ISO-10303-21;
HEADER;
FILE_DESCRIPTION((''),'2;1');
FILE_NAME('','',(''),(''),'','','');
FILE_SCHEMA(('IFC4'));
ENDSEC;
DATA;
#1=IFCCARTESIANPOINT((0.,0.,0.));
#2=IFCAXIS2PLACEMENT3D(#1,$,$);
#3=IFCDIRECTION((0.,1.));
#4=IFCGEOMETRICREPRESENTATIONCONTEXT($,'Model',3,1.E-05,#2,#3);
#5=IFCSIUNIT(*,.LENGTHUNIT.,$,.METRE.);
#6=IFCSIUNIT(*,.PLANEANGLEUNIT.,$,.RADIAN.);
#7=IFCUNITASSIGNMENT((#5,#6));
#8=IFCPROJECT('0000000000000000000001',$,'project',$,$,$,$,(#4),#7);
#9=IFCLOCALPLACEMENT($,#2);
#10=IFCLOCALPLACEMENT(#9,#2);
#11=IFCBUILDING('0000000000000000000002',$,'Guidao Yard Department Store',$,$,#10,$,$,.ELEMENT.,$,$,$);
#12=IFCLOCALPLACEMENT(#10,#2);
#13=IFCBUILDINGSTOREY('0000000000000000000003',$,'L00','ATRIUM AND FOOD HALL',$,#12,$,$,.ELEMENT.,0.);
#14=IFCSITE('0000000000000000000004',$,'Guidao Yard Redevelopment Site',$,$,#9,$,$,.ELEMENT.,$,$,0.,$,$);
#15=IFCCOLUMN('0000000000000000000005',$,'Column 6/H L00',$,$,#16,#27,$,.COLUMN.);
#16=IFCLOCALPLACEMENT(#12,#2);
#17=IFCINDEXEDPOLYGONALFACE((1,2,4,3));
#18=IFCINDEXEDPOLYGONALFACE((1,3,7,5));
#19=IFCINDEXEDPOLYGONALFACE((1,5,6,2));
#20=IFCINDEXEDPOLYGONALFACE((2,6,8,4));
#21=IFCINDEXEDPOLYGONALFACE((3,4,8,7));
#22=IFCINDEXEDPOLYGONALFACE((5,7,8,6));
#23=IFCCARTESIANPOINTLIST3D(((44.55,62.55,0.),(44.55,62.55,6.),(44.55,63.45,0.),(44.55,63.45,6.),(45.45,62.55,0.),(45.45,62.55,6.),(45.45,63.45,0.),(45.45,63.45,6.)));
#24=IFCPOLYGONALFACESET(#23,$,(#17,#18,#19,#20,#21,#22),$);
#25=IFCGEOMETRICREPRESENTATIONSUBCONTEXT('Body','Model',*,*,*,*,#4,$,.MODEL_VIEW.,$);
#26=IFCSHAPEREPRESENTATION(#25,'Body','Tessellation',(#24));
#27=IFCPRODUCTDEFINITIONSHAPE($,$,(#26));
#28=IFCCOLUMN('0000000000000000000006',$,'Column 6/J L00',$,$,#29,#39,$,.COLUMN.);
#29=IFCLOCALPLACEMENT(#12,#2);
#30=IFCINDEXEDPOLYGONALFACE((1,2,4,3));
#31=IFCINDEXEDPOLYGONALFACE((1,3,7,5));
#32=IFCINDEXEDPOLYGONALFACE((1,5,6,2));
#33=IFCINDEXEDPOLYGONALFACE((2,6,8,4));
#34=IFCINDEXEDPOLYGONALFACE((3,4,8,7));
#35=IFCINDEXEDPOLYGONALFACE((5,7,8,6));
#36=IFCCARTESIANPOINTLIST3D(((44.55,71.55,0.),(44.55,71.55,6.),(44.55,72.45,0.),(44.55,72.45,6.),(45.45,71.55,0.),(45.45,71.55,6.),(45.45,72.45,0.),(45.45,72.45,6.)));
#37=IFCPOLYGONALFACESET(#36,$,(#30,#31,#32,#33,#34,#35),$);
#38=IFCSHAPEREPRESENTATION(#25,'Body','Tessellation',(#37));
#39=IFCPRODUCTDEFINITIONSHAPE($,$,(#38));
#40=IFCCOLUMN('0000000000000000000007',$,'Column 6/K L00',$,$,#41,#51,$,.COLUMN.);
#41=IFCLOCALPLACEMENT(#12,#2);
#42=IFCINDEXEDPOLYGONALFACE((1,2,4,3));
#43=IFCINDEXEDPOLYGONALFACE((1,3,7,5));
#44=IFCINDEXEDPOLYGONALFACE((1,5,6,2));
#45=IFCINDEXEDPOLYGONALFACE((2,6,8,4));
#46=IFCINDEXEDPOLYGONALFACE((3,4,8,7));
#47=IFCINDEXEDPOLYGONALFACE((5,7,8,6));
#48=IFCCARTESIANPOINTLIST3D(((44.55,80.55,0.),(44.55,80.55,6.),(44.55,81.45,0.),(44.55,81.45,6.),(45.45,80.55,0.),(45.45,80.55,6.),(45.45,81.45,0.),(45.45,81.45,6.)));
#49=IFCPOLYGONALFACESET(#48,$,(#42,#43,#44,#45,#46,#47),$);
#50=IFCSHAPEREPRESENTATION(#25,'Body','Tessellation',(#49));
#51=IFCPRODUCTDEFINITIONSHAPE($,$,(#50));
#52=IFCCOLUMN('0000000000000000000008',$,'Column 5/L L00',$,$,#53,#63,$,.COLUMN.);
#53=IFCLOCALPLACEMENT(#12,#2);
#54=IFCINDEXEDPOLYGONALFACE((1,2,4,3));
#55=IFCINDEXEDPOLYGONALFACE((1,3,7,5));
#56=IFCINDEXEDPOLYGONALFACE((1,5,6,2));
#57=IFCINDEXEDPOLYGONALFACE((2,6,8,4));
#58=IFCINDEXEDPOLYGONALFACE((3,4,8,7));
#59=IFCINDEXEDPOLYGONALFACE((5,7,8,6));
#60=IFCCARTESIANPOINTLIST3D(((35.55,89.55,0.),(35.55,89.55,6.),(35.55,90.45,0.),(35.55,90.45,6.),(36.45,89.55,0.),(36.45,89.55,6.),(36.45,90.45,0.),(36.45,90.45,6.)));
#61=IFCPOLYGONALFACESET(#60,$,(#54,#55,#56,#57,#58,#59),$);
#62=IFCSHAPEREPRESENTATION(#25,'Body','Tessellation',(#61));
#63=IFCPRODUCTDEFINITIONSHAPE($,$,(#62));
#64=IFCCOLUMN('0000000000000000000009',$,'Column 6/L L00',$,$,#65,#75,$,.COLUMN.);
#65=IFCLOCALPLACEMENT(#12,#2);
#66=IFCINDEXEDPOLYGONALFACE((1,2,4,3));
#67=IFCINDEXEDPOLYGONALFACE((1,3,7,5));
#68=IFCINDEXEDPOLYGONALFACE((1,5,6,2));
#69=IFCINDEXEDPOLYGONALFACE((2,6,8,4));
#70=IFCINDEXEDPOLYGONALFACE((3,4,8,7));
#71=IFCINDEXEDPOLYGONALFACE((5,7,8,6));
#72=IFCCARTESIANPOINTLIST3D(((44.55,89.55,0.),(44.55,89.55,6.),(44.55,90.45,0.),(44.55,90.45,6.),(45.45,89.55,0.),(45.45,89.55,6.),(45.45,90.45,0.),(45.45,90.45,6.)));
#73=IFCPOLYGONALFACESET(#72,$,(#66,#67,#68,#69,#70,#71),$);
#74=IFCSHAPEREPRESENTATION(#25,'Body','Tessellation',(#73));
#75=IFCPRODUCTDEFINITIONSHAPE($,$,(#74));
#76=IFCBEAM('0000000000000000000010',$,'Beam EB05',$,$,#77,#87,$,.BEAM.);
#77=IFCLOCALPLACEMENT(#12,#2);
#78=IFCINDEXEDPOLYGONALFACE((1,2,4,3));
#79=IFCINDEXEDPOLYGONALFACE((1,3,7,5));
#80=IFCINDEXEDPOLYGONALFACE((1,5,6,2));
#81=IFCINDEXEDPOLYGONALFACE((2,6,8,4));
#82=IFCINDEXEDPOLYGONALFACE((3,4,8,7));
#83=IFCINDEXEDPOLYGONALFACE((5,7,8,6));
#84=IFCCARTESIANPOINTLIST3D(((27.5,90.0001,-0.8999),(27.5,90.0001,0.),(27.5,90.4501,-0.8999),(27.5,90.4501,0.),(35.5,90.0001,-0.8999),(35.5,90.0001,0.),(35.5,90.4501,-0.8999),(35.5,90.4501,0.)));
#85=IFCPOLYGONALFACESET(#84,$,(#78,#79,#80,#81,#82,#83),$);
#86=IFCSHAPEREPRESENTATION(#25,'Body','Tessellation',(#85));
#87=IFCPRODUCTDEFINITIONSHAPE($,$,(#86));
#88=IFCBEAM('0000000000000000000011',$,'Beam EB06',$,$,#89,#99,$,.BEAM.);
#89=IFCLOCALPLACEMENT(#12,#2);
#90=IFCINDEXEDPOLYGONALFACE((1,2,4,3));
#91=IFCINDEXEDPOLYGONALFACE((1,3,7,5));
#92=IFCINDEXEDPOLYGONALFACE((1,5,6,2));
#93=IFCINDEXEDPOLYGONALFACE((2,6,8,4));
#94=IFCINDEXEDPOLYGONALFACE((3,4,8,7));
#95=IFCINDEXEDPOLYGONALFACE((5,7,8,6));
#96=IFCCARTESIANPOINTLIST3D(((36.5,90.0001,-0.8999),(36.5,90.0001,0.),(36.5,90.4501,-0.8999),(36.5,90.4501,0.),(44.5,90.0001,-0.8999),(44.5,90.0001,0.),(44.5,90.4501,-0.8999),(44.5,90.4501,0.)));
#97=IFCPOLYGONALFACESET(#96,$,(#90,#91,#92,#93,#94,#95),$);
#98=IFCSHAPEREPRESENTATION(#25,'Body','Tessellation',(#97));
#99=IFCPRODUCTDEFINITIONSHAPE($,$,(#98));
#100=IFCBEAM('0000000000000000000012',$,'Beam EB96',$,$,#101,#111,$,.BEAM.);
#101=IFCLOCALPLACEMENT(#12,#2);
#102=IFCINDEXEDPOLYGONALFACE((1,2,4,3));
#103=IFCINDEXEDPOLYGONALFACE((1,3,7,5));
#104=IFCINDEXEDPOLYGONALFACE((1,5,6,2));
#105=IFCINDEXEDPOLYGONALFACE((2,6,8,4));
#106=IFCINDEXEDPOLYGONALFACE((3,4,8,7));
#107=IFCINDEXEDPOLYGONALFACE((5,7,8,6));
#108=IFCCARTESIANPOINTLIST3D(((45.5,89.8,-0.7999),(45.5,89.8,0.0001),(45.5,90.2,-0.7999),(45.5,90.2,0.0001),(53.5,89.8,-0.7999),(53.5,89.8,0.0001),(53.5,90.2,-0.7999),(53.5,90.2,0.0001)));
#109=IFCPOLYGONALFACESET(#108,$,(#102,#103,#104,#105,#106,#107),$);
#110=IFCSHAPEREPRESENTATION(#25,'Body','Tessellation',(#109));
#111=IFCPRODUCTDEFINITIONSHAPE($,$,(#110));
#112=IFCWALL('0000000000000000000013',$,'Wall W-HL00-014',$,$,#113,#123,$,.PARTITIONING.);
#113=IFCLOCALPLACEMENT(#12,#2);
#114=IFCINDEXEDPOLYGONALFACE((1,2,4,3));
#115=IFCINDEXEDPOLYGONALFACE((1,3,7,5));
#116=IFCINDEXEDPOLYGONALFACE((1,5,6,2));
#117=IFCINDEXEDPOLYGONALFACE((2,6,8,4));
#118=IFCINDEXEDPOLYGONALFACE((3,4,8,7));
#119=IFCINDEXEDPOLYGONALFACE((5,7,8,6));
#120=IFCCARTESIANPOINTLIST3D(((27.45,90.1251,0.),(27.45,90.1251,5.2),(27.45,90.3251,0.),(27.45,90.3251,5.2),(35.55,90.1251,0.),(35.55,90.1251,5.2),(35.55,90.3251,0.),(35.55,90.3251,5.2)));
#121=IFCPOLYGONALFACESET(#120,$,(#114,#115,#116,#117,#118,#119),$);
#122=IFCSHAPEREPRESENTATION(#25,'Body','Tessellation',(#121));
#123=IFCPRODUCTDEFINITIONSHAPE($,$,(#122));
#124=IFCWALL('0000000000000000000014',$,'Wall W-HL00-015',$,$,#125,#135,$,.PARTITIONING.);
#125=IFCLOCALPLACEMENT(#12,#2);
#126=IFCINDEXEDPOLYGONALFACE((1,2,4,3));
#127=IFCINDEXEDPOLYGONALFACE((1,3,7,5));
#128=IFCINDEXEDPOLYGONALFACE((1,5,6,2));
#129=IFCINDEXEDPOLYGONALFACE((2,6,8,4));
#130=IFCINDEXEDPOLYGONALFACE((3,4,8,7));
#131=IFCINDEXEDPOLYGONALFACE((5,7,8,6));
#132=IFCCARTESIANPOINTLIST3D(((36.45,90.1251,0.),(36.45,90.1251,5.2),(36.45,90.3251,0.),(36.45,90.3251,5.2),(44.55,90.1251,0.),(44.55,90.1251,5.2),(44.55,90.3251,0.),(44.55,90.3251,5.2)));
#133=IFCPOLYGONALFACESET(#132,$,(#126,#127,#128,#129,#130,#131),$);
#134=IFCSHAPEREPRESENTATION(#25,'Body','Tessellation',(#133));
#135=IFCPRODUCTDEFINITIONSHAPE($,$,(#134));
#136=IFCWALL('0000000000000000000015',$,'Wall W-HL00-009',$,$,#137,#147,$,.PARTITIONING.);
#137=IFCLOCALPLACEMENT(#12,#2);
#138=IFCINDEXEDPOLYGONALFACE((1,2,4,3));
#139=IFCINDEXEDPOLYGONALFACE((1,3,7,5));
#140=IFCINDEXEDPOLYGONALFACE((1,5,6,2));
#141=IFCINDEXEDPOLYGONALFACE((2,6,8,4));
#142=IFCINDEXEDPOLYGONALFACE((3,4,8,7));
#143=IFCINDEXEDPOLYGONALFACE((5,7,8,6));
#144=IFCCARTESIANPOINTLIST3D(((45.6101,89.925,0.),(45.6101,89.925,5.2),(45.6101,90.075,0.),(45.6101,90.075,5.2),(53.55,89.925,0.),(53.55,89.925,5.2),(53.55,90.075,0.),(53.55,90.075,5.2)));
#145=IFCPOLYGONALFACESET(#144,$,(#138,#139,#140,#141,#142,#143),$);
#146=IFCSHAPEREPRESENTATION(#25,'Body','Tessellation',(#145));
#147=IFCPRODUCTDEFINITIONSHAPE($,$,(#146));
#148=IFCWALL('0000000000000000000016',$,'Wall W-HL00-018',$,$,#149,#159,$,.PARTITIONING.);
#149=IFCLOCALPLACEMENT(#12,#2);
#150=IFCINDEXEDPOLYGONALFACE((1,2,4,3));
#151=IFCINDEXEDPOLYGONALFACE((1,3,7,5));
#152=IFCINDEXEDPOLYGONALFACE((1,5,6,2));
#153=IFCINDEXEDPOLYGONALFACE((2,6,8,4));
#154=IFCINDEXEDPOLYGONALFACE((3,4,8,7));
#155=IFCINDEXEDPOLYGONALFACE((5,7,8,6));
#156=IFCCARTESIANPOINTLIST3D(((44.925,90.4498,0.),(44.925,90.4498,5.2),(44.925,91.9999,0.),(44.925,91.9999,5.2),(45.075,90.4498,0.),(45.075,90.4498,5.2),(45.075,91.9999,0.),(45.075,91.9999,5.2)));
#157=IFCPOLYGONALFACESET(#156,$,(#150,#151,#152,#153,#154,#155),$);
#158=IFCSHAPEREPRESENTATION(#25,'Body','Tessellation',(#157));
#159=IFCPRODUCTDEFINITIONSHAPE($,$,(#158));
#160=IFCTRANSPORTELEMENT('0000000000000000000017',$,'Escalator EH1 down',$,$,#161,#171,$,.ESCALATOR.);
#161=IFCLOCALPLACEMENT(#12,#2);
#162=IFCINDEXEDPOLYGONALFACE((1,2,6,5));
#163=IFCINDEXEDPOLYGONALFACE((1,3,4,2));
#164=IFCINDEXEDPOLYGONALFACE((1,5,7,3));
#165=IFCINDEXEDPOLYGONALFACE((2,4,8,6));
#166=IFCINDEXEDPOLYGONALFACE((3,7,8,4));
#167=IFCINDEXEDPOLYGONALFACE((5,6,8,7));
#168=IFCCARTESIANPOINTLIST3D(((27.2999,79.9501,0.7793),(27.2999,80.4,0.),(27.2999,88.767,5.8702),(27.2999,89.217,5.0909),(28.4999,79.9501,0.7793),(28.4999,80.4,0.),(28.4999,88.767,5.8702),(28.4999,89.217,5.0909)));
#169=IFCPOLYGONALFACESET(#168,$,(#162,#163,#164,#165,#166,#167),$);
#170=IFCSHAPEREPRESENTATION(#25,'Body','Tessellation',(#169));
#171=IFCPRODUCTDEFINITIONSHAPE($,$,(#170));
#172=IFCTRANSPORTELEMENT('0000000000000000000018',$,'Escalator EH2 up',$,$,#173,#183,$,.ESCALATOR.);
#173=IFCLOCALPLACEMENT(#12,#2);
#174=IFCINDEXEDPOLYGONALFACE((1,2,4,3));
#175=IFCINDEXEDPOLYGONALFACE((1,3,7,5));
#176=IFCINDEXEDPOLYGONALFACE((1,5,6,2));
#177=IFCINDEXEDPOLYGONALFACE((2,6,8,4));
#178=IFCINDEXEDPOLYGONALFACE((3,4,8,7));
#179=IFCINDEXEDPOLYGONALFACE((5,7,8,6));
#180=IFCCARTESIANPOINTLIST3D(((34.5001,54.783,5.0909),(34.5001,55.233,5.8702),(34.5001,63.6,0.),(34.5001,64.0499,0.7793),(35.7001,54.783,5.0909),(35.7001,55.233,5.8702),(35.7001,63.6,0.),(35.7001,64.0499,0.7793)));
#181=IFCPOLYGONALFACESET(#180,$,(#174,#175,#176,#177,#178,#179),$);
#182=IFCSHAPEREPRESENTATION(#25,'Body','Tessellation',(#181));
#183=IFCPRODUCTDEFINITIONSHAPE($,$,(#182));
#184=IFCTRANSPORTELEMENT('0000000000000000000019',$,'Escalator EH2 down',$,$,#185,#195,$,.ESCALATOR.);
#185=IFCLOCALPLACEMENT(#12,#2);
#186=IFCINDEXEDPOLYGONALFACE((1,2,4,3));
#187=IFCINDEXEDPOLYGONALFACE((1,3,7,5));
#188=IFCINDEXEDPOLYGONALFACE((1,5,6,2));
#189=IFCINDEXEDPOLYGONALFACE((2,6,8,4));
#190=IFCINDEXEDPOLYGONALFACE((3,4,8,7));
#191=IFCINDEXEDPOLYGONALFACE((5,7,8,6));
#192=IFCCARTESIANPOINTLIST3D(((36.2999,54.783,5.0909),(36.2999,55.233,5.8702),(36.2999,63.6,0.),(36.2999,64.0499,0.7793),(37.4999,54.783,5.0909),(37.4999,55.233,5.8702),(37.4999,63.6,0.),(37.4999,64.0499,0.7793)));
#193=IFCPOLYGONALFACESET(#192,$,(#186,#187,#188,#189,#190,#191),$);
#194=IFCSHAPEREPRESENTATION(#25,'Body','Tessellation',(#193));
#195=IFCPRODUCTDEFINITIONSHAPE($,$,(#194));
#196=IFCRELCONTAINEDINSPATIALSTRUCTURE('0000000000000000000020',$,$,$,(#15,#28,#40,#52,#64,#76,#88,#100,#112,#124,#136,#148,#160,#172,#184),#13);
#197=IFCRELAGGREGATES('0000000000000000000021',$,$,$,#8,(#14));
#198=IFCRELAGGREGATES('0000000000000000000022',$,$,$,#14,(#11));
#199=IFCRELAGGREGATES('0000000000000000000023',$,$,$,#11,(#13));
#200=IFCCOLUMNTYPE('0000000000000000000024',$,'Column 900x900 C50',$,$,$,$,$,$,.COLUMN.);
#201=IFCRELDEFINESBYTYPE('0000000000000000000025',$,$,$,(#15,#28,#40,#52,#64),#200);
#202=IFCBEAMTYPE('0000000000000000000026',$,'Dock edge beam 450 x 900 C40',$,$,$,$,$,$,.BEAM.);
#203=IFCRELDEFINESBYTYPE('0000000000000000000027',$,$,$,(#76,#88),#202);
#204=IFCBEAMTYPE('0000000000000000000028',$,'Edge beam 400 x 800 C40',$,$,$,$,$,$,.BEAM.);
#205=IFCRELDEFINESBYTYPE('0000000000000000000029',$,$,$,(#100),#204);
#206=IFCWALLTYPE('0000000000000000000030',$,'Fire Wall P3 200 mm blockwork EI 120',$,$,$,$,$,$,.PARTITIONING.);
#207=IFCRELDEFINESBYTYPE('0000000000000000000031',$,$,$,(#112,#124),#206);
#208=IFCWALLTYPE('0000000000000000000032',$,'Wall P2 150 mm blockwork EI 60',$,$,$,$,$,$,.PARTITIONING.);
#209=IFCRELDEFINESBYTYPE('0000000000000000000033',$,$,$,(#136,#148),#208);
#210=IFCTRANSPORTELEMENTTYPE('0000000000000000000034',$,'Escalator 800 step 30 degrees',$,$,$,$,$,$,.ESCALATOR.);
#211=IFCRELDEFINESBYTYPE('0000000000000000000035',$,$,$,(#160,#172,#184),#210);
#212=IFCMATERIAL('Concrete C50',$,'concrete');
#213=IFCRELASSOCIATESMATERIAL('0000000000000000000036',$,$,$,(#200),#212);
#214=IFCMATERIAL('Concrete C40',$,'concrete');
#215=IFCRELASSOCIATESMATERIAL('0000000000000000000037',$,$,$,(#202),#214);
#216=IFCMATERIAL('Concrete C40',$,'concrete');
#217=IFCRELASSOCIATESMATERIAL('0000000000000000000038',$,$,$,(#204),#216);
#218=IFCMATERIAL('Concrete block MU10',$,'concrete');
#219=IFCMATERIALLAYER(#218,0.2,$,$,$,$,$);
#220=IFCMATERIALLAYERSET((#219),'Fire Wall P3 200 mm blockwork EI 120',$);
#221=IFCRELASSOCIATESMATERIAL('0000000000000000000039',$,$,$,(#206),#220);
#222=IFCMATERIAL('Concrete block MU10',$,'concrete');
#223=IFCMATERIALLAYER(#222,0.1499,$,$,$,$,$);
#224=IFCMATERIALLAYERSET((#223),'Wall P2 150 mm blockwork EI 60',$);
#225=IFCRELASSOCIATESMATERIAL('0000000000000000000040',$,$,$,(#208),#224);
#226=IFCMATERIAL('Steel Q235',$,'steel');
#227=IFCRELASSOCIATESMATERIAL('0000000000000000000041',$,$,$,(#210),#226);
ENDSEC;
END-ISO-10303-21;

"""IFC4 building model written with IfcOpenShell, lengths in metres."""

from ifc_helpers import new_model, si_unit, direction, frame, frame_2d, origin, origin_2d, place, context, subcontext, project, spatial, rectangle, extrude, material, layer, layer_set, material_profile, profile_set, type_object, element, save


model = new_model("IFC4")

# Units and contexts
model_context = context("Model", 3, precision=1e-05, world=origin(), true_north=direction((0.0, 1.0)))
body_context = subcontext(model_context, "Body", "Model", "MODEL_VIEW")
ifc_project = project(units=[si_unit("LENGTHUNIT", "METRE"), si_unit("PLANEANGLEUNIT", "RADIAN")], contexts=[model_context])

# Site, building, storey
site_placement = place(None, origin())
site = spatial("IfcSite", under=ifc_project, at=site_placement, Name="Guidao Yard Redevelopment Site", CompositionType="ELEMENT", RefElevation=0.0)
building_placement = place(site_placement, origin())
building = spatial("IfcBuilding", under=site, at=building_placement, Name="Guidao Yard Department Store", CompositionType="ELEMENT")
storey_placement = place(building_placement, origin())
storey = spatial("IfcBuildingStorey", under=building, at=storey_placement, Name="L00", Description="ATRIUM AND FOOD HALL", CompositionType="ELEMENT", Elevation=0.0)

# Columns
ifc_material_1 = material(Name="Concrete C50", Category="concrete")
ifc_material_profile_1 = material_profile(ifc_material_1, rectangle(XDim=0.8999, YDim=0.8999, at=origin_2d()), Name="COL 900x900")
ifc_profile_set_1 = profile_set([ifc_material_profile_1], Name="Concrete C50")
column_type = type_object("IfcColumnType", Name="Column 900x900 C50", PredefinedType="COLUMN", material=ifc_profile_set_1)
for number, where, z_axis, x_axis, name in (
    (1, (45.0, 63.0, 0.0), (0.0, 0.0, 1.0), (1.0, 0.0, 0.0), "Column 6/H L00"),
    (2, (45.0, 72.0, 0.0), (0.0, 0.0, 1.0), (1.0, 0.0, 0.0), "Column 6/J L00"),
    (3, (45.0, 81.0, 0.0), (0.0, 0.0, 1.0), (1.0, 0.0, 0.0), "Column 6/K L00"),
    (4, (36.0, 90.0, 0.0), (0.0, 0.0, 1.0), (1.0, 0.0, 0.0), "Column 5/L L00"),
    (5, (45.0, 90.0, 0.0), (0.0, 0.0, 1.0), (1.0, 0.0, 0.0), "Column 6/L L00"),
):
    element("IfcColumn", number, at=place(storey_placement, frame(where, z_axis=z_axis, x_axis=x_axis)), inside=storey, type_object=column_type, Name=name, PredefinedType="COLUMN", context=body_context, shape_type="SweptSolid", body=[
        extrude(rectangle(XDim=0.8999, YDim=0.8999, at=origin_2d()), origin(), (0.0, 0.0, 1.0), 6.0),
    ])

# Beams
ifc_material_2 = material(Name="Concrete C40", Category="concrete")
ifc_material_profile_2 = material_profile(ifc_material_2, rectangle(XDim=0.45, YDim=0.8999, at=origin_2d()), Name="Dock edge beam 450 x 900 C40")
ifc_profile_set_2 = profile_set([ifc_material_profile_2], Name="Concrete C40")
beam_type_1 = type_object("IfcBeamType", Name="Dock edge beam 450 x 900 C40", PredefinedType="BEAM", material=ifc_profile_set_2)
for number, where, z_axis, x_axis, name in (
    (6, (27.5, 90.2251, -0.45), (1.0, 0.0, 0.0), (0.0, 1.0, 0.0), "Beam EB05"),
    (7, (36.5, 90.2251, -0.45), (1.0, 0.0, 0.0), (0.0, 1.0, 0.0), "Beam EB06"),
):
    element("IfcBeam", number, at=place(storey_placement, frame(where, z_axis=z_axis, x_axis=x_axis)), inside=storey, type_object=beam_type_1, Name=name, PredefinedType="BEAM", context=body_context, shape_type="SweptSolid", body=[
        extrude(rectangle(XDim=0.45, YDim=0.8999, at=origin_2d()), origin(), (0.0, 0.0, 1.0), 8.0),
    ])
ifc_material_3 = material(Name="Concrete C40", Category="concrete")
ifc_material_profile_3 = material_profile(ifc_material_3, rectangle(XDim=0.3999, YDim=0.8, at=origin_2d()), Name="Edge beam 400 x 800 C40")
ifc_profile_set_3 = profile_set([ifc_material_profile_3], Name="Concrete C40")
beam_type_2 = type_object("IfcBeamType", Name="Edge beam 400 x 800 C40", PredefinedType="BEAM", material=ifc_profile_set_3)
beam_placement = place(storey_placement, frame((45.5, 90.0, -0.3999), z_axis=(1.0, 0.0, 0.0), x_axis=(0.0, 1.0, 0.0)))
element("IfcBeam", 8, at=beam_placement, inside=storey, type_object=beam_type_2, Name="Beam EB96", PredefinedType="BEAM", context=body_context, shape_type="SweptSolid", body=[
    extrude(rectangle(XDim=0.3999, YDim=0.8, at=origin_2d()), origin(), (0.0, 0.0, 1.0), 8.0),
])

# Walls
ifc_material_4 = material(Name="Concrete block MU10", Category="concrete")
ifc_layer_1 = layer(ifc_material_4, 0.2)
ifc_layer_set_1 = layer_set([ifc_layer_1], Name="Fire Wall P3 200 mm blockwork EI 120")
wall_type_1 = type_object("IfcWallType", Name="Fire Wall P3 200 mm blockwork EI 120", PredefinedType="PARTITIONING", material=ifc_layer_set_1)
for number, where, z_axis, x_axis, name in (
    (9, (27.45, 90.2251, 0.0), (0.0, 0.0, 1.0), (1.0, 0.0, 0.0), "Wall W-HL00-014"),
    (10, (36.45, 90.2251, 0.0), (0.0, 0.0, 1.0), (1.0, 0.0, 0.0), "Wall W-HL00-015"),
):
    element("IfcWall", number, at=place(storey_placement, frame(where, z_axis=z_axis, x_axis=x_axis)), inside=storey, type_object=wall_type_1, Name=name, PredefinedType="PARTITIONING", context=body_context, shape_type="SweptSolid", body=[
        extrude(rectangle(XDim=8.1001, YDim=0.2, at=frame_2d((4.05, 0.0))), origin(), (0.0, 0.0, 1.0), 5.2),
    ])
ifc_material_5 = material(Name="Concrete block MU10", Category="concrete")
ifc_layer_2 = layer(ifc_material_5, 0.1499)
ifc_layer_set_2 = layer_set([ifc_layer_2], Name="Wall P2 150 mm blockwork EI 60")
wall_type_2 = type_object("IfcWallType", Name="Wall P2 150 mm blockwork EI 60", PredefinedType="PARTITIONING", material=ifc_layer_set_2)
wall_1_placement = place(storey_placement, frame((45.6101, 90.0, 0.0), z_axis=(0.0, 0.0, 1.0), x_axis=(1.0, 0.0, 0.0)))
element("IfcWall", 11, at=wall_1_placement, inside=storey, type_object=wall_type_2, Name="Wall W-HL00-009", PredefinedType="PARTITIONING", context=body_context, shape_type="SweptSolid", body=[
    extrude(rectangle(XDim=7.9399, YDim=0.1499, at=frame_2d((3.97, 0.0))), origin(), (0.0, 0.0, 1.0), 5.2),
])
wall_2_placement = place(storey_placement, frame((45.0, 90.45, 0.0), z_axis=(0.0, 0.0, 1.0), x_axis=(0.0, 1.0, 0.0)))
element("IfcWall", 12, at=wall_2_placement, inside=storey, type_object=wall_type_2, Name="Wall W-HL00-018", PredefinedType="PARTITIONING", context=body_context, shape_type="SweptSolid", body=[
    extrude(rectangle(XDim=1.55, YDim=0.1499, at=frame_2d((0.7749, 0.0))), origin(), (0.0, 0.0, 1.0), 5.2),
])

# Transport elements
ifc_material_6 = material(Name="Steel Q235", Category="steel")
ifc_material_profile_4 = material_profile(ifc_material_6, rectangle(XDim=1.2, YDim=0.8999, at=origin_2d()), Name="Escalator 800 step 30 degrees")
ifc_profile_set_4 = profile_set([ifc_material_profile_4], Name="Steel Q235")
transport_element_type = type_object("IfcTransportElementType", Name="Escalator 800 step 30 degrees", PredefinedType="ESCALATOR", material=ifc_profile_set_4)
for number, where, z_axis, x_axis, name in (
    (13, (27.8999, 80.175, 0.3896), (0.0, 0.866009, 0.500028), (-1.0, 0.0, 0.0), "Escalator EH1 down"),
    (14, (35.1001, 63.825, 0.3896), (0.0, -0.866009, 0.500028), (1.0, 0.0, 0.0), "Escalator EH2 up"),
    (15, (36.8999, 63.825, 0.3896), (0.0, -0.866009, 0.500028), (1.0, 0.0, 0.0), "Escalator EH2 down"),
):
    element("IfcTransportElement", number, at=place(storey_placement, frame(where, z_axis=z_axis, x_axis=x_axis)), inside=storey, type_object=transport_element_type, Name=name, PredefinedType="ESCALATOR", context=body_context, shape_type="SweptSolid", body=[
        extrude(rectangle(XDim=1.2, YDim=0.8999, at=origin_2d()), origin(), (0.0, 0.0, 1.0), 10.1812),
    ])

save(model, "model.ifc")
